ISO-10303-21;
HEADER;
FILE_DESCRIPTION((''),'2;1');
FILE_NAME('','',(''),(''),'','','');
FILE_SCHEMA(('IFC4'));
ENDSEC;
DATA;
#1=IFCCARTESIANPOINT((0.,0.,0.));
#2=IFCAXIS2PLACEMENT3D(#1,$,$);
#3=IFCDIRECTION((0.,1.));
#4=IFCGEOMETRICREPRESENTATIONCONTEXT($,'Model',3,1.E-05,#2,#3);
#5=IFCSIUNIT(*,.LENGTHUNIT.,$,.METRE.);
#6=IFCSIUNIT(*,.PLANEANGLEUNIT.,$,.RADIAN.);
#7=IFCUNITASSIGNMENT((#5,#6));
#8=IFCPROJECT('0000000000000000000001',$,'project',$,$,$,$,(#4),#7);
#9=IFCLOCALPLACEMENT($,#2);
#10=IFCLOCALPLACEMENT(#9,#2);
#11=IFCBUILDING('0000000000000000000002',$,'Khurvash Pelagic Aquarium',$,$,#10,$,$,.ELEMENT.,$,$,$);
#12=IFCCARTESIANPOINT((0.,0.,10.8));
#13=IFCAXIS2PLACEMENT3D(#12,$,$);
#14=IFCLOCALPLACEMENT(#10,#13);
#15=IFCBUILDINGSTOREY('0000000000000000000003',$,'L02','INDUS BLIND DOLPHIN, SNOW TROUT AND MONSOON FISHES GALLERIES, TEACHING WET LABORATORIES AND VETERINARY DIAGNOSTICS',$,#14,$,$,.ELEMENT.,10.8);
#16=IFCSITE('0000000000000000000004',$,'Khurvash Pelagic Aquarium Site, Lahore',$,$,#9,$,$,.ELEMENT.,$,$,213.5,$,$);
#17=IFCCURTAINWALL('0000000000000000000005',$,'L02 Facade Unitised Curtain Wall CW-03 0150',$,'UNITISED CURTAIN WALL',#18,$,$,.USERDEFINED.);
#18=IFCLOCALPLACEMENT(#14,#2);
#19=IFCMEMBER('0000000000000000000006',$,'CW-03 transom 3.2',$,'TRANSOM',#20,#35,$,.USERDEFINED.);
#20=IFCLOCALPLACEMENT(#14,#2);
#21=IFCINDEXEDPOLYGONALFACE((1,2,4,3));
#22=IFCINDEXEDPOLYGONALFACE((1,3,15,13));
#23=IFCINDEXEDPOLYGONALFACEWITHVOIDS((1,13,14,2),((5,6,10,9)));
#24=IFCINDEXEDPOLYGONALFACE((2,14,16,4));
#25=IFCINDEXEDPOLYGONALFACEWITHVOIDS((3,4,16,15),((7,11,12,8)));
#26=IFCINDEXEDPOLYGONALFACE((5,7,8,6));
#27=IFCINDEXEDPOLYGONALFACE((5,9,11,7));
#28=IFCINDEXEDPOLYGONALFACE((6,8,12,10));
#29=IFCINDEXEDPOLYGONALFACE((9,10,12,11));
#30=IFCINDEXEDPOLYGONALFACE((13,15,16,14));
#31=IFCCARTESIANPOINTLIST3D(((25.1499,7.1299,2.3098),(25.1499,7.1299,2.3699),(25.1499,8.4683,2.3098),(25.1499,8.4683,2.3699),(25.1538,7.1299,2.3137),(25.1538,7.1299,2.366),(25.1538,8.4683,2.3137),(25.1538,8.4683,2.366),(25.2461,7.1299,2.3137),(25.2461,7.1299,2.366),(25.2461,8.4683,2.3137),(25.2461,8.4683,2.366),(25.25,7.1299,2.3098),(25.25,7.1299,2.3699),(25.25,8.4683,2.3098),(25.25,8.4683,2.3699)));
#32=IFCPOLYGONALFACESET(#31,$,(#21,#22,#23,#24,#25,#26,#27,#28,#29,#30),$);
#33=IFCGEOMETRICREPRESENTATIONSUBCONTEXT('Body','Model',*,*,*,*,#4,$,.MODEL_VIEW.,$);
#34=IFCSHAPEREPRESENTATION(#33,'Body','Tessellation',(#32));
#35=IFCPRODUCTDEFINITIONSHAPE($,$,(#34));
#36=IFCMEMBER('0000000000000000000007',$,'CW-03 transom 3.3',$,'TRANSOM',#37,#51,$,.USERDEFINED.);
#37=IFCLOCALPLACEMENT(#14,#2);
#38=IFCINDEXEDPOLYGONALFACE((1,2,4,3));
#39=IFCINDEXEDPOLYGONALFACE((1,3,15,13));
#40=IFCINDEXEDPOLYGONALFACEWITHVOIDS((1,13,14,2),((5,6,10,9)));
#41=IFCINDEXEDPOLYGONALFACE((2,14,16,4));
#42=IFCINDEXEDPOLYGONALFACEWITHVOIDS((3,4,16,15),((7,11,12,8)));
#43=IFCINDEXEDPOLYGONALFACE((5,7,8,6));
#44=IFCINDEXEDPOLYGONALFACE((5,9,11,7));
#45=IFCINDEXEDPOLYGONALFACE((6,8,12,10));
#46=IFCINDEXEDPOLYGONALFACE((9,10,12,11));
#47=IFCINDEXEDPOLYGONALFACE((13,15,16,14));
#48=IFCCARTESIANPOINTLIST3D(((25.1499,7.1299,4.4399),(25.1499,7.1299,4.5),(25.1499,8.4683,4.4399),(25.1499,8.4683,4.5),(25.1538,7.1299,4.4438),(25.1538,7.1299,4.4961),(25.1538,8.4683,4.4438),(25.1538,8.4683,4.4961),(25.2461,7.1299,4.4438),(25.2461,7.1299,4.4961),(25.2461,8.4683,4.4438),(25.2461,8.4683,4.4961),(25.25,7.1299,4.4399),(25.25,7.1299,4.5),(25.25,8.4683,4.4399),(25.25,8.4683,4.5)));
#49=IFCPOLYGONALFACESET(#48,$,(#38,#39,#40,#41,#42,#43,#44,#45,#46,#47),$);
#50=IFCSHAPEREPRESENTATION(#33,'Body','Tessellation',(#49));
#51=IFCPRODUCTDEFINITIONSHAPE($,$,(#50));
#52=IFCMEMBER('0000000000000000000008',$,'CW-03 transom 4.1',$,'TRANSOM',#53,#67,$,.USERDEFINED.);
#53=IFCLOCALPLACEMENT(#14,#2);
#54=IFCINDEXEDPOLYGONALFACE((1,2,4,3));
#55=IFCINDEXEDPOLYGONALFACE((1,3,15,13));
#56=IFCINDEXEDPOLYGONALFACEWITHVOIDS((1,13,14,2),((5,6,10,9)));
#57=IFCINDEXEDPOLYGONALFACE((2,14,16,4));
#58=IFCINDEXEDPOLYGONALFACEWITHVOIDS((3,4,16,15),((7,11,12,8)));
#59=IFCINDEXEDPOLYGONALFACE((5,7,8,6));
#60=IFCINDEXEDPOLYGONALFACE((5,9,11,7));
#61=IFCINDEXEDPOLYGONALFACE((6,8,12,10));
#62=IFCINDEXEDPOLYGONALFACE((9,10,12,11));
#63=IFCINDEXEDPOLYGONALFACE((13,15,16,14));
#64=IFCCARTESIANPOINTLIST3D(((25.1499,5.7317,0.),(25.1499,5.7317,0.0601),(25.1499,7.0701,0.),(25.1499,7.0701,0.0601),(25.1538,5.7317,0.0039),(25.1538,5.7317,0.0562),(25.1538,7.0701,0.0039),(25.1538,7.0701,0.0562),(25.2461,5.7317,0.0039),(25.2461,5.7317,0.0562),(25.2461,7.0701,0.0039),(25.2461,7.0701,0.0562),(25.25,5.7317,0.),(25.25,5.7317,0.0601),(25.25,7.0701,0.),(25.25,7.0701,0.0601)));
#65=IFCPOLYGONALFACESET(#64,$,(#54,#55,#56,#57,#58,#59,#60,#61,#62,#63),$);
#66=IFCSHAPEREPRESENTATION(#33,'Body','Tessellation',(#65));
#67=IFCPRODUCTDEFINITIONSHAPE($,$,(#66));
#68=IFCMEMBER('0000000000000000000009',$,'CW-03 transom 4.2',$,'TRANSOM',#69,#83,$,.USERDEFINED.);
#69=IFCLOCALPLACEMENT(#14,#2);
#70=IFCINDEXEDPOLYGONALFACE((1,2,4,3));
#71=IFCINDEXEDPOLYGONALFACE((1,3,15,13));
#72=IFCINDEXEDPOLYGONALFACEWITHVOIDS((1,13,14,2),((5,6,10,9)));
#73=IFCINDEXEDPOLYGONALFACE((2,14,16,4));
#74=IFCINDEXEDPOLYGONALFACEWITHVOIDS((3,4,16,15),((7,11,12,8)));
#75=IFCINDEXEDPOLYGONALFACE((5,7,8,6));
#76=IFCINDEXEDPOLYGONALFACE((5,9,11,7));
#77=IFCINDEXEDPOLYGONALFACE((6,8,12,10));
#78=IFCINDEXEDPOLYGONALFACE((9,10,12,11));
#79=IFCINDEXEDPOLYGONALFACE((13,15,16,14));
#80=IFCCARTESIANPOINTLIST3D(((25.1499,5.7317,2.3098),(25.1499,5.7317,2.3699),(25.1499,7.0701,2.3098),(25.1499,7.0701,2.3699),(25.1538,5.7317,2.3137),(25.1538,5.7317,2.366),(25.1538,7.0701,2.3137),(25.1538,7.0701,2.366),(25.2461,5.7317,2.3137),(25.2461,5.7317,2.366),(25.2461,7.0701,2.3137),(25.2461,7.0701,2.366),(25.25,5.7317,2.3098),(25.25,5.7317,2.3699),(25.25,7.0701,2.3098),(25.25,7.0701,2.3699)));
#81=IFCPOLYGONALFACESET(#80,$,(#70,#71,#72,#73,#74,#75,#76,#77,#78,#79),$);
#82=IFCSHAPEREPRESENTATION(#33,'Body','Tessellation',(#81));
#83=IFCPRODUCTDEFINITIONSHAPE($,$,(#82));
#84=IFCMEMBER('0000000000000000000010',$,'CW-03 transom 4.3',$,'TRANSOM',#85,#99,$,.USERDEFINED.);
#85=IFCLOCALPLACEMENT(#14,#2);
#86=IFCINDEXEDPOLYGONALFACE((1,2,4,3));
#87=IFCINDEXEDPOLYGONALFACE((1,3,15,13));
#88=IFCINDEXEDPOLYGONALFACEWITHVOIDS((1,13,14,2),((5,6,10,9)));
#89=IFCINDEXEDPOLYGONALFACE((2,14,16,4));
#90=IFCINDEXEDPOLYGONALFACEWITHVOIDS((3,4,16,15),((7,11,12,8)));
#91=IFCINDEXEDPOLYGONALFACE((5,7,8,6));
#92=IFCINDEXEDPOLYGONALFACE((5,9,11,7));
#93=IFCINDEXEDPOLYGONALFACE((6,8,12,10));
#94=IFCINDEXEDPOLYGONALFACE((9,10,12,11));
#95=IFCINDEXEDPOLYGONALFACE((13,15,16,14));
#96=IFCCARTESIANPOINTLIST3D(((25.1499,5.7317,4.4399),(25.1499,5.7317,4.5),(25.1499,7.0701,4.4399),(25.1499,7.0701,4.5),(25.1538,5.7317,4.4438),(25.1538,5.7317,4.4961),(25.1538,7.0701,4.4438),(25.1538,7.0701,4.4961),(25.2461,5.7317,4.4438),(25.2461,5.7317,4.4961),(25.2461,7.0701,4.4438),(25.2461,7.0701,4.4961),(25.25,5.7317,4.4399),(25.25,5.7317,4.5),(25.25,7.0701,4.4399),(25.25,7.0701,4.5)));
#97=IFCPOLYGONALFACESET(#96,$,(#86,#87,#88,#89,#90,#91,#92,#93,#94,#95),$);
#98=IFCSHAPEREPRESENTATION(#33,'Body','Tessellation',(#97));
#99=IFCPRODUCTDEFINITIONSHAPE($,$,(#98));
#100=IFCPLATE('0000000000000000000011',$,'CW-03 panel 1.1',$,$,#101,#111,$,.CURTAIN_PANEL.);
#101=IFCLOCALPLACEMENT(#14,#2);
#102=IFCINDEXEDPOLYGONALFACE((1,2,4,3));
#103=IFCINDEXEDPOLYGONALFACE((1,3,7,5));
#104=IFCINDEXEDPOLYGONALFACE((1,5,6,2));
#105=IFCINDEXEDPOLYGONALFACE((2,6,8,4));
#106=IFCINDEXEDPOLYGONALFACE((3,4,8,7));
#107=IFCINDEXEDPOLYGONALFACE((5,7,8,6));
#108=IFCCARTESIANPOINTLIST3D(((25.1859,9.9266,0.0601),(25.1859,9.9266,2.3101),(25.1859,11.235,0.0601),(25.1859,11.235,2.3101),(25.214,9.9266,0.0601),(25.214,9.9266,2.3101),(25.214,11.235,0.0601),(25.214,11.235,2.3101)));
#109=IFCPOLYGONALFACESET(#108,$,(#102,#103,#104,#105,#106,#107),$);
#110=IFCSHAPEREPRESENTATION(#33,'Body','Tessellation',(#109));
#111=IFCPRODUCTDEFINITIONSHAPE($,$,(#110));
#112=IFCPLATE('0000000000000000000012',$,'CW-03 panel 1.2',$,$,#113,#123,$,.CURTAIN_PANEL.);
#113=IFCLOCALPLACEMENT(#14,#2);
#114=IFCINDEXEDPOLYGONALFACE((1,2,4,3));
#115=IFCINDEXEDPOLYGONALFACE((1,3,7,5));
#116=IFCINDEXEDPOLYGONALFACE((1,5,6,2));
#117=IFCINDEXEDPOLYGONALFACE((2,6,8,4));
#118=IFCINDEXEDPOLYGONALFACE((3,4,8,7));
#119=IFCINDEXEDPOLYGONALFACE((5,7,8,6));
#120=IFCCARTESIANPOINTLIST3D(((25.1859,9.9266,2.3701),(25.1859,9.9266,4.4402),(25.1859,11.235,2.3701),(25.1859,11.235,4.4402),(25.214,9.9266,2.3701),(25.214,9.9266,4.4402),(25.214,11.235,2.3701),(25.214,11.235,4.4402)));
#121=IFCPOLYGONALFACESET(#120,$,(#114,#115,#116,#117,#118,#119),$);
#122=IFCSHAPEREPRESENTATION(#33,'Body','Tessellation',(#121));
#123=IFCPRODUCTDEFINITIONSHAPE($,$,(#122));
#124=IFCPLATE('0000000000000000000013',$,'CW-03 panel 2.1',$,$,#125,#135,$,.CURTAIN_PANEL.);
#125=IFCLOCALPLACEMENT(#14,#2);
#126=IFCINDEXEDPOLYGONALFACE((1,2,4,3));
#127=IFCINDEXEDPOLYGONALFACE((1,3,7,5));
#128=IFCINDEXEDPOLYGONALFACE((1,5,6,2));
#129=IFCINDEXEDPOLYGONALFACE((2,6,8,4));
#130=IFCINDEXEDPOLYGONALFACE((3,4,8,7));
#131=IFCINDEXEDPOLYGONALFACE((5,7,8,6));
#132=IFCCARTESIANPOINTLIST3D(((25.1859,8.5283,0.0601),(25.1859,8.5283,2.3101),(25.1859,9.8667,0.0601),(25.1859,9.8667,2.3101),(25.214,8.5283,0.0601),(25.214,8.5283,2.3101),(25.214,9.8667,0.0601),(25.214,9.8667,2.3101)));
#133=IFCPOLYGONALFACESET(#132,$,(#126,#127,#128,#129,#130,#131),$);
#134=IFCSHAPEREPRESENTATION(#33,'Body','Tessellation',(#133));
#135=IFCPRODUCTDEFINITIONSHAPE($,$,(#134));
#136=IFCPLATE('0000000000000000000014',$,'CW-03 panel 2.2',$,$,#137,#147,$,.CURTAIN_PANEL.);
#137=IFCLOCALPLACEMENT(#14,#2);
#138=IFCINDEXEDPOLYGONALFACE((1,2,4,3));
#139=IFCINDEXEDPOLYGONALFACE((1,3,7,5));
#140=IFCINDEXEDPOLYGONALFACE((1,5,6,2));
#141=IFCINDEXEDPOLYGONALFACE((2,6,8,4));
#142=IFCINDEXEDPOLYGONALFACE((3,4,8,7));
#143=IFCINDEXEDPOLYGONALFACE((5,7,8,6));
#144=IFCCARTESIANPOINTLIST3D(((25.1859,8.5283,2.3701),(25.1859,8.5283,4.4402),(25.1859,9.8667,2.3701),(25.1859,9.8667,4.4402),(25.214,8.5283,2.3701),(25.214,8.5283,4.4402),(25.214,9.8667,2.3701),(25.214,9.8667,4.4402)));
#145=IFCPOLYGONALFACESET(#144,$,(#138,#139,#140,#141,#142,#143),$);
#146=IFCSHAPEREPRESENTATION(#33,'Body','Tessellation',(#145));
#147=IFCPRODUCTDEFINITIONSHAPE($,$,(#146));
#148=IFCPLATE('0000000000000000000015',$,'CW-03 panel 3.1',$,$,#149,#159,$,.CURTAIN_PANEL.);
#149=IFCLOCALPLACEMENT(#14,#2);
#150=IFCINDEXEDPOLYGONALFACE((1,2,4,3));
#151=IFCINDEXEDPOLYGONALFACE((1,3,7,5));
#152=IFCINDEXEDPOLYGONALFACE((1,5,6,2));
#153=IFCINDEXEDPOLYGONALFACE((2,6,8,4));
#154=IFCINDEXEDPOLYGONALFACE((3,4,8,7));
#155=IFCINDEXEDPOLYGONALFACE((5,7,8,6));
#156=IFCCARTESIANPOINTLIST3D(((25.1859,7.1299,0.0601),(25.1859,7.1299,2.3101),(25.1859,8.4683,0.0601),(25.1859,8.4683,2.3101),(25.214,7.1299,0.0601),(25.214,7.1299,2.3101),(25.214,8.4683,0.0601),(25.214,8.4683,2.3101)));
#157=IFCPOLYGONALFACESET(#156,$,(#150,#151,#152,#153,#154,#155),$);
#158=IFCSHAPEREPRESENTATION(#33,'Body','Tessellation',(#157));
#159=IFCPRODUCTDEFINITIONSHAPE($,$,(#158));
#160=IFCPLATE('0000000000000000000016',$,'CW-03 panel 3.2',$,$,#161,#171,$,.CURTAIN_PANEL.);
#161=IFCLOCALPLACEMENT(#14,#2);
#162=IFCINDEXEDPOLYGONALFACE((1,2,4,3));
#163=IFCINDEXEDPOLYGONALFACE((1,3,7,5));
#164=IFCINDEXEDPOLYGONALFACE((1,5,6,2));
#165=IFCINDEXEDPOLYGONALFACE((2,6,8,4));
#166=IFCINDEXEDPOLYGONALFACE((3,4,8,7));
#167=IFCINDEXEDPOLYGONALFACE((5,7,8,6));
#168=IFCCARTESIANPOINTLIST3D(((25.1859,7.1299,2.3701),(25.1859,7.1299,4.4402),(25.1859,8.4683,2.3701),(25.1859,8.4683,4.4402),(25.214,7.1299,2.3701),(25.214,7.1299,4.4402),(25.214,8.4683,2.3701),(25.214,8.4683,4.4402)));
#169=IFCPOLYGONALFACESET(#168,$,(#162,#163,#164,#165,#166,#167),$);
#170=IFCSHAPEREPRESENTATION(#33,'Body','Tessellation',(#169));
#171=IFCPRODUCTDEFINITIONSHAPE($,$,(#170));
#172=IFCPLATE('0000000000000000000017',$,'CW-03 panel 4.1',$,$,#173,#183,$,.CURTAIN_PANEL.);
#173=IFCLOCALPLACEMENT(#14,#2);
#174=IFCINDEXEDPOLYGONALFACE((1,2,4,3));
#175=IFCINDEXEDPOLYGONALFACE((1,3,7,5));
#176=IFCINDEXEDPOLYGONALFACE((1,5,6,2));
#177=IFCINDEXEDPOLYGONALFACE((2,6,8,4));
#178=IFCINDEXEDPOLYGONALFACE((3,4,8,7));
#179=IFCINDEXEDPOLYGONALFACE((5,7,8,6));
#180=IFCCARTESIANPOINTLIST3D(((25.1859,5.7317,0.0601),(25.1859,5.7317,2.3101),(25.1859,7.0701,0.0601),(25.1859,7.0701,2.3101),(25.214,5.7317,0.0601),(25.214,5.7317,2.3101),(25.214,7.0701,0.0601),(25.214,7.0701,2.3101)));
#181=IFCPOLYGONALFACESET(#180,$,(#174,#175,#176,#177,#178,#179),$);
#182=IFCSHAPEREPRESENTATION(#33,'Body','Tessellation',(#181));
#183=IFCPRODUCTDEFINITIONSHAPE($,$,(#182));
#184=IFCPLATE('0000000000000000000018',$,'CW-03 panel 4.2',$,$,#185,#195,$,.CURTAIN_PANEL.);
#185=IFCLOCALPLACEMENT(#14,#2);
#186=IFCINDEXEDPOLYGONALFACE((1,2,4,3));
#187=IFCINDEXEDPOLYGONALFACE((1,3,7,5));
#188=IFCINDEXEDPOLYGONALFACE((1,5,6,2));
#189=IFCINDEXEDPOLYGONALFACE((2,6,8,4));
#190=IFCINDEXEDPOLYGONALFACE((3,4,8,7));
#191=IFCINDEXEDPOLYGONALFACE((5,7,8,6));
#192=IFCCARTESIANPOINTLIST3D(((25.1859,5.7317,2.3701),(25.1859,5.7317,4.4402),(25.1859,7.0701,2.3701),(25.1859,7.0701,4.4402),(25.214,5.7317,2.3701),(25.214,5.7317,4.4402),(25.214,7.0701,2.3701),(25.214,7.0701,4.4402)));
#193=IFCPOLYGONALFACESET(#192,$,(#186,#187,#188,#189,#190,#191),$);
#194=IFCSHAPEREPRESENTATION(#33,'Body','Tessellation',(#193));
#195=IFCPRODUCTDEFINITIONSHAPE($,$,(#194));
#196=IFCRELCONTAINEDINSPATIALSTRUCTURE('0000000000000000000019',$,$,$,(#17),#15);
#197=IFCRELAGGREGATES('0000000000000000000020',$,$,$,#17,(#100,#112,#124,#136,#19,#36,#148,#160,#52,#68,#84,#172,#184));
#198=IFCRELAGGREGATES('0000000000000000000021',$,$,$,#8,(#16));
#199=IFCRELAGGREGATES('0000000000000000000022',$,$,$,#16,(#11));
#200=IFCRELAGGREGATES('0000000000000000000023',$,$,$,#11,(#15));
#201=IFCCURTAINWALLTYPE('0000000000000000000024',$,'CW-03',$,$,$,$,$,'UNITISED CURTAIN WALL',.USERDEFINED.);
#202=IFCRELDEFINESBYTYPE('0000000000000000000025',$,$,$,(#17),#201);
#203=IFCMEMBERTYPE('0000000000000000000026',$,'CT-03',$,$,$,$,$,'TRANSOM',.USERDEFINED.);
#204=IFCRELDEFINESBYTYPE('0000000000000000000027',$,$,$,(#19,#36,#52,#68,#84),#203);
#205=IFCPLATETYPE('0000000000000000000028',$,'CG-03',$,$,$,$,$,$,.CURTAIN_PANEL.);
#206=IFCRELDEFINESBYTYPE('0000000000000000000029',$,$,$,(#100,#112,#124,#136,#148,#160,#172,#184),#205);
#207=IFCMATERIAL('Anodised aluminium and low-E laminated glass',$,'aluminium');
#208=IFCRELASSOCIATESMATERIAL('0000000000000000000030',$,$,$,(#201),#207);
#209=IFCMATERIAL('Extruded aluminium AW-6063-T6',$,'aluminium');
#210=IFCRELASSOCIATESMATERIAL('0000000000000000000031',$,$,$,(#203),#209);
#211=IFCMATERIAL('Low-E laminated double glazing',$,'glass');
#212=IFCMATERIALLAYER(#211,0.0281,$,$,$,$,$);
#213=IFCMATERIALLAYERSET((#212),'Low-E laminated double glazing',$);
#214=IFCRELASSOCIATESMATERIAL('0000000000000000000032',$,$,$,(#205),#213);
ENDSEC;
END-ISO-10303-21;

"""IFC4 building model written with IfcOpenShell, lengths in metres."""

from ifc_helpers import new_model, si_unit, direction, frame, origin, origin_2d, place, context, subcontext, project, spatial, rectangle, hollow_rectangle, extrude, material, layer, layer_set, material_profile, profile_set, type_object, element, aggregate, save


model = new_model("IFC4")

# Units and contexts
model_context = context("Model", 3, precision=1e-05, world=origin(), true_north=direction((0.0, 1.0)))
body_context = subcontext(model_context, "Body", "Model", "MODEL_VIEW")
ifc_project = project(units=[si_unit("LENGTHUNIT", "METRE"), si_unit("PLANEANGLEUNIT", "RADIAN")], contexts=[model_context])

# Site, building, storey
site_placement = place(None, origin())
site = spatial("IfcSite", under=ifc_project, at=site_placement, Name="Khurvash Pelagic Aquarium Site, Lahore", CompositionType="ELEMENT", RefElevation=213.5)
building_placement = place(site_placement, origin())
building = spatial("IfcBuilding", under=site, at=building_placement, Name="Khurvash Pelagic Aquarium", CompositionType="ELEMENT")
storey_placement = place(building_placement, frame((0.0, 0.0, 10.8)))
storey = spatial("IfcBuildingStorey", under=building, at=storey_placement, Name="L02", Description="INDUS BLIND DOLPHIN, SNOW TROUT AND MONSOON FISHES GALLERIES, TEACHING WET LABORATORIES AND VETERINARY DIAGNOSTICS", CompositionType="ELEMENT", Elevation=10.8)

# Curtain wall, members, plates
ifc_material_1 = material(Name="Anodised aluminium and low-E laminated glass", Category="aluminium")
curtain_wall_type = type_object("IfcCurtainWallType", Name="CW-03", ElementType="UNITISED CURTAIN WALL", PredefinedType="USERDEFINED", material=ifc_material_1)
curtain_wall_placement = place(storey_placement, origin())
curtain_wall = element("IfcCurtainWall", 1, at=curtain_wall_placement, inside=storey, type_object=curtain_wall_type, Name="L02 Facade Unitised Curtain Wall CW-03 0150", ObjectType="UNITISED CURTAIN WALL", PredefinedType="USERDEFINED")
ifc_material_2 = material(Name="Extruded aluminium AW-6063-T6", Category="aluminium")
ifc_material_profile_1 = material_profile(ifc_material_2, hollow_rectangle(XDim=0.1001, YDim=0.0601, WallThickness=0.0039, at=origin_2d()), Name="CWT100X60X4")
ifc_profile_set_1 = profile_set([ifc_material_profile_1], Name="Extruded aluminium AW-6063-T6")
member_type_1 = type_object("IfcMemberType", Name="CT-03", ElementType="TRANSOM", PredefinedType="USERDEFINED", material=ifc_profile_set_1)
member_1_placement = place(storey_placement, frame((25.2, 8.4683, 2.3398), z_axis=(0.0, -1.0, 0.0), x_axis=(1.0, 0.0, 0.0)))
member_1 = element("IfcMember", 2, at=member_1_placement, type_object=member_type_1, Name="CW-03 transom 3.2", ObjectType="TRANSOM", PredefinedType="USERDEFINED", context=body_context, shape_type="SweptSolid", body=[
    extrude(hollow_rectangle(XDim=0.1001, YDim=0.0601, WallThickness=0.0039, at=origin_2d()), origin(), (0.0, 0.0, 1.0), 1.3384),
])
member_2_placement = place(storey_placement, frame((25.2, 8.4683, 4.47), z_axis=(0.0, -1.0, 0.0), x_axis=(1.0, 0.0, 0.0)))
member_2 = element("IfcMember", 3, at=member_2_placement, type_object=member_type_1, Name="CW-03 transom 3.3", ObjectType="TRANSOM", PredefinedType="USERDEFINED", context=body_context, shape_type="SweptSolid", body=[
    extrude(hollow_rectangle(XDim=0.1001, YDim=0.0601, WallThickness=0.0039, at=origin_2d()), origin(), (0.0, 0.0, 1.0), 1.3384),
])
member_3_placement = place(storey_placement, frame((25.2, 7.0701, 0.03), z_axis=(0.0, -1.0, 0.0), x_axis=(1.0, 0.0, 0.0)))
member_3 = element("IfcMember", 4, at=member_3_placement, type_object=member_type_1, Name="CW-03 transom 4.1", ObjectType="TRANSOM", PredefinedType="USERDEFINED", context=body_context, shape_type="SweptSolid", body=[
    extrude(hollow_rectangle(XDim=0.1001, YDim=0.0601, WallThickness=0.0039, at=origin_2d()), origin(), (0.0, 0.0, 1.0), 1.3384),
])
member_4_placement = place(storey_placement, frame((25.2, 7.0701, 2.3398), z_axis=(0.0, -1.0, 0.0), x_axis=(1.0, 0.0, 0.0)))
member_4 = element("IfcMember", 5, at=member_4_placement, type_object=member_type_1, Name="CW-03 transom 4.2", ObjectType="TRANSOM", PredefinedType="USERDEFINED", context=body_context, shape_type="SweptSolid", body=[
    extrude(hollow_rectangle(XDim=0.1001, YDim=0.0601, WallThickness=0.0039, at=origin_2d()), origin(), (0.0, 0.0, 1.0), 1.3384),
])
member_5_placement = place(storey_placement, frame((25.2, 7.0701, 4.47), z_axis=(0.0, -1.0, 0.0), x_axis=(1.0, 0.0, 0.0)))
member_5 = element("IfcMember", 6, at=member_5_placement, type_object=member_type_1, Name="CW-03 transom 4.3", ObjectType="TRANSOM", PredefinedType="USERDEFINED", context=body_context, shape_type="SweptSolid", body=[
    extrude(hollow_rectangle(XDim=0.1001, YDim=0.0601, WallThickness=0.0039, at=origin_2d()), origin(), (0.0, 0.0, 1.0), 1.3384),
])
ifc_material_3 = material(Name="Low-E laminated double glazing", Category="glass")
ifc_layer = layer(ifc_material_3, 0.0281)
ifc_layer_set = layer_set([ifc_layer], Name="Low-E laminated double glazing")
plate_type = type_object("IfcPlateType", Name="CG-03", PredefinedType="CURTAIN_PANEL", material=ifc_layer_set)
plate_1_placement = place(storey_placement, frame((25.2, 10.5808, 0.0601), z_axis=(0.0, 0.0, 1.0), x_axis=(0.0, -1.0, 0.0)))
plate_1 = element("IfcPlate", 7, at=plate_1_placement, type_object=plate_type, Name="CW-03 panel 1.1", PredefinedType="CURTAIN_PANEL", context=body_context, shape_type="SweptSolid", body=[
    extrude(rectangle(XDim=1.3083, YDim=0.0281, at=origin_2d()), origin(), (0.0, 0.0, 1.0), 2.25),
])
plate_2_placement = place(storey_placement, frame((25.2, 10.5808, 2.3701), z_axis=(0.0, 0.0, 1.0), x_axis=(0.0, -1.0, 0.0)))
plate_2 = element("IfcPlate", 8, at=plate_2_placement, type_object=plate_type, Name="CW-03 panel 1.2", PredefinedType="CURTAIN_PANEL", context=body_context, shape_type="SweptSolid", body=[
    extrude(rectangle(XDim=1.3083, YDim=0.0281, at=origin_2d()), origin(), (0.0, 0.0, 1.0), 2.0701),
])
plate_3_placement = place(storey_placement, frame((25.2, 9.1975, 0.0601), z_axis=(0.0, 0.0, 1.0), x_axis=(0.0, -1.0, 0.0)))
plate_3 = element("IfcPlate", 9, at=plate_3_placement, type_object=plate_type, Name="CW-03 panel 2.1", PredefinedType="CURTAIN_PANEL", context=body_context, shape_type="SweptSolid", body=[
    extrude(rectangle(XDim=1.3384, YDim=0.0281, at=origin_2d()), origin(), (0.0, 0.0, 1.0), 2.25),
])
plate_4_placement = place(storey_placement, frame((25.2, 9.1975, 2.3701), z_axis=(0.0, 0.0, 1.0), x_axis=(0.0, -1.0, 0.0)))
plate_4 = element("IfcPlate", 10, at=plate_4_placement, type_object=plate_type, Name="CW-03 panel 2.2", PredefinedType="CURTAIN_PANEL", context=body_context, shape_type="SweptSolid", body=[
    extrude(rectangle(XDim=1.3384, YDim=0.0281, at=origin_2d()), origin(), (0.0, 0.0, 1.0), 2.0701),
])
plate_5_placement = place(storey_placement, frame((25.2, 7.7991, 0.0601), z_axis=(0.0, 0.0, 1.0), x_axis=(0.0, -1.0, 0.0)))
plate_5 = element("IfcPlate", 11, at=plate_5_placement, type_object=plate_type, Name="CW-03 panel 3.1", PredefinedType="CURTAIN_PANEL", context=body_context, shape_type="SweptSolid", body=[
    extrude(rectangle(XDim=1.3384, YDim=0.0281, at=origin_2d()), origin(), (0.0, 0.0, 1.0), 2.25),
])
plate_6_placement = place(storey_placement, frame((25.2, 7.7991, 2.3701), z_axis=(0.0, 0.0, 1.0), x_axis=(0.0, -1.0, 0.0)))
plate_6 = element("IfcPlate", 12, at=plate_6_placement, type_object=plate_type, Name="CW-03 panel 3.2", PredefinedType="CURTAIN_PANEL", context=body_context, shape_type="SweptSolid", body=[
    extrude(rectangle(XDim=1.3384, YDim=0.0281, at=origin_2d()), origin(), (0.0, 0.0, 1.0), 2.0701),
])
plate_7_placement = place(storey_placement, frame((25.2, 6.4009, 0.0601), z_axis=(0.0, 0.0, 1.0), x_axis=(0.0, -1.0, 0.0)))
plate_7 = element("IfcPlate", 13, at=plate_7_placement, type_object=plate_type, Name="CW-03 panel 4.1", PredefinedType="CURTAIN_PANEL", context=body_context, shape_type="SweptSolid", body=[
    extrude(rectangle(XDim=1.3384, YDim=0.0281, at=origin_2d()), origin(), (0.0, 0.0, 1.0), 2.25),
])
plate_8_placement = place(storey_placement, frame((25.2, 6.4009, 2.3701), z_axis=(0.0, 0.0, 1.0), x_axis=(0.0, -1.0, 0.0)))
plate_8 = element("IfcPlate", 14, at=plate_8_placement, type_object=plate_type, Name="CW-03 panel 4.2", PredefinedType="CURTAIN_PANEL", context=body_context, shape_type="SweptSolid", body=[
    extrude(rectangle(XDim=1.3384, YDim=0.0281, at=origin_2d()), origin(), (0.0, 0.0, 1.0), 2.0701),
])
aggregate(curtain_wall, [plate_1, plate_2, plate_3, plate_4, member_1, member_2, plate_5, plate_6, member_3, member_4, member_5, plate_7, plate_8])

save(model, "model.ifc")
